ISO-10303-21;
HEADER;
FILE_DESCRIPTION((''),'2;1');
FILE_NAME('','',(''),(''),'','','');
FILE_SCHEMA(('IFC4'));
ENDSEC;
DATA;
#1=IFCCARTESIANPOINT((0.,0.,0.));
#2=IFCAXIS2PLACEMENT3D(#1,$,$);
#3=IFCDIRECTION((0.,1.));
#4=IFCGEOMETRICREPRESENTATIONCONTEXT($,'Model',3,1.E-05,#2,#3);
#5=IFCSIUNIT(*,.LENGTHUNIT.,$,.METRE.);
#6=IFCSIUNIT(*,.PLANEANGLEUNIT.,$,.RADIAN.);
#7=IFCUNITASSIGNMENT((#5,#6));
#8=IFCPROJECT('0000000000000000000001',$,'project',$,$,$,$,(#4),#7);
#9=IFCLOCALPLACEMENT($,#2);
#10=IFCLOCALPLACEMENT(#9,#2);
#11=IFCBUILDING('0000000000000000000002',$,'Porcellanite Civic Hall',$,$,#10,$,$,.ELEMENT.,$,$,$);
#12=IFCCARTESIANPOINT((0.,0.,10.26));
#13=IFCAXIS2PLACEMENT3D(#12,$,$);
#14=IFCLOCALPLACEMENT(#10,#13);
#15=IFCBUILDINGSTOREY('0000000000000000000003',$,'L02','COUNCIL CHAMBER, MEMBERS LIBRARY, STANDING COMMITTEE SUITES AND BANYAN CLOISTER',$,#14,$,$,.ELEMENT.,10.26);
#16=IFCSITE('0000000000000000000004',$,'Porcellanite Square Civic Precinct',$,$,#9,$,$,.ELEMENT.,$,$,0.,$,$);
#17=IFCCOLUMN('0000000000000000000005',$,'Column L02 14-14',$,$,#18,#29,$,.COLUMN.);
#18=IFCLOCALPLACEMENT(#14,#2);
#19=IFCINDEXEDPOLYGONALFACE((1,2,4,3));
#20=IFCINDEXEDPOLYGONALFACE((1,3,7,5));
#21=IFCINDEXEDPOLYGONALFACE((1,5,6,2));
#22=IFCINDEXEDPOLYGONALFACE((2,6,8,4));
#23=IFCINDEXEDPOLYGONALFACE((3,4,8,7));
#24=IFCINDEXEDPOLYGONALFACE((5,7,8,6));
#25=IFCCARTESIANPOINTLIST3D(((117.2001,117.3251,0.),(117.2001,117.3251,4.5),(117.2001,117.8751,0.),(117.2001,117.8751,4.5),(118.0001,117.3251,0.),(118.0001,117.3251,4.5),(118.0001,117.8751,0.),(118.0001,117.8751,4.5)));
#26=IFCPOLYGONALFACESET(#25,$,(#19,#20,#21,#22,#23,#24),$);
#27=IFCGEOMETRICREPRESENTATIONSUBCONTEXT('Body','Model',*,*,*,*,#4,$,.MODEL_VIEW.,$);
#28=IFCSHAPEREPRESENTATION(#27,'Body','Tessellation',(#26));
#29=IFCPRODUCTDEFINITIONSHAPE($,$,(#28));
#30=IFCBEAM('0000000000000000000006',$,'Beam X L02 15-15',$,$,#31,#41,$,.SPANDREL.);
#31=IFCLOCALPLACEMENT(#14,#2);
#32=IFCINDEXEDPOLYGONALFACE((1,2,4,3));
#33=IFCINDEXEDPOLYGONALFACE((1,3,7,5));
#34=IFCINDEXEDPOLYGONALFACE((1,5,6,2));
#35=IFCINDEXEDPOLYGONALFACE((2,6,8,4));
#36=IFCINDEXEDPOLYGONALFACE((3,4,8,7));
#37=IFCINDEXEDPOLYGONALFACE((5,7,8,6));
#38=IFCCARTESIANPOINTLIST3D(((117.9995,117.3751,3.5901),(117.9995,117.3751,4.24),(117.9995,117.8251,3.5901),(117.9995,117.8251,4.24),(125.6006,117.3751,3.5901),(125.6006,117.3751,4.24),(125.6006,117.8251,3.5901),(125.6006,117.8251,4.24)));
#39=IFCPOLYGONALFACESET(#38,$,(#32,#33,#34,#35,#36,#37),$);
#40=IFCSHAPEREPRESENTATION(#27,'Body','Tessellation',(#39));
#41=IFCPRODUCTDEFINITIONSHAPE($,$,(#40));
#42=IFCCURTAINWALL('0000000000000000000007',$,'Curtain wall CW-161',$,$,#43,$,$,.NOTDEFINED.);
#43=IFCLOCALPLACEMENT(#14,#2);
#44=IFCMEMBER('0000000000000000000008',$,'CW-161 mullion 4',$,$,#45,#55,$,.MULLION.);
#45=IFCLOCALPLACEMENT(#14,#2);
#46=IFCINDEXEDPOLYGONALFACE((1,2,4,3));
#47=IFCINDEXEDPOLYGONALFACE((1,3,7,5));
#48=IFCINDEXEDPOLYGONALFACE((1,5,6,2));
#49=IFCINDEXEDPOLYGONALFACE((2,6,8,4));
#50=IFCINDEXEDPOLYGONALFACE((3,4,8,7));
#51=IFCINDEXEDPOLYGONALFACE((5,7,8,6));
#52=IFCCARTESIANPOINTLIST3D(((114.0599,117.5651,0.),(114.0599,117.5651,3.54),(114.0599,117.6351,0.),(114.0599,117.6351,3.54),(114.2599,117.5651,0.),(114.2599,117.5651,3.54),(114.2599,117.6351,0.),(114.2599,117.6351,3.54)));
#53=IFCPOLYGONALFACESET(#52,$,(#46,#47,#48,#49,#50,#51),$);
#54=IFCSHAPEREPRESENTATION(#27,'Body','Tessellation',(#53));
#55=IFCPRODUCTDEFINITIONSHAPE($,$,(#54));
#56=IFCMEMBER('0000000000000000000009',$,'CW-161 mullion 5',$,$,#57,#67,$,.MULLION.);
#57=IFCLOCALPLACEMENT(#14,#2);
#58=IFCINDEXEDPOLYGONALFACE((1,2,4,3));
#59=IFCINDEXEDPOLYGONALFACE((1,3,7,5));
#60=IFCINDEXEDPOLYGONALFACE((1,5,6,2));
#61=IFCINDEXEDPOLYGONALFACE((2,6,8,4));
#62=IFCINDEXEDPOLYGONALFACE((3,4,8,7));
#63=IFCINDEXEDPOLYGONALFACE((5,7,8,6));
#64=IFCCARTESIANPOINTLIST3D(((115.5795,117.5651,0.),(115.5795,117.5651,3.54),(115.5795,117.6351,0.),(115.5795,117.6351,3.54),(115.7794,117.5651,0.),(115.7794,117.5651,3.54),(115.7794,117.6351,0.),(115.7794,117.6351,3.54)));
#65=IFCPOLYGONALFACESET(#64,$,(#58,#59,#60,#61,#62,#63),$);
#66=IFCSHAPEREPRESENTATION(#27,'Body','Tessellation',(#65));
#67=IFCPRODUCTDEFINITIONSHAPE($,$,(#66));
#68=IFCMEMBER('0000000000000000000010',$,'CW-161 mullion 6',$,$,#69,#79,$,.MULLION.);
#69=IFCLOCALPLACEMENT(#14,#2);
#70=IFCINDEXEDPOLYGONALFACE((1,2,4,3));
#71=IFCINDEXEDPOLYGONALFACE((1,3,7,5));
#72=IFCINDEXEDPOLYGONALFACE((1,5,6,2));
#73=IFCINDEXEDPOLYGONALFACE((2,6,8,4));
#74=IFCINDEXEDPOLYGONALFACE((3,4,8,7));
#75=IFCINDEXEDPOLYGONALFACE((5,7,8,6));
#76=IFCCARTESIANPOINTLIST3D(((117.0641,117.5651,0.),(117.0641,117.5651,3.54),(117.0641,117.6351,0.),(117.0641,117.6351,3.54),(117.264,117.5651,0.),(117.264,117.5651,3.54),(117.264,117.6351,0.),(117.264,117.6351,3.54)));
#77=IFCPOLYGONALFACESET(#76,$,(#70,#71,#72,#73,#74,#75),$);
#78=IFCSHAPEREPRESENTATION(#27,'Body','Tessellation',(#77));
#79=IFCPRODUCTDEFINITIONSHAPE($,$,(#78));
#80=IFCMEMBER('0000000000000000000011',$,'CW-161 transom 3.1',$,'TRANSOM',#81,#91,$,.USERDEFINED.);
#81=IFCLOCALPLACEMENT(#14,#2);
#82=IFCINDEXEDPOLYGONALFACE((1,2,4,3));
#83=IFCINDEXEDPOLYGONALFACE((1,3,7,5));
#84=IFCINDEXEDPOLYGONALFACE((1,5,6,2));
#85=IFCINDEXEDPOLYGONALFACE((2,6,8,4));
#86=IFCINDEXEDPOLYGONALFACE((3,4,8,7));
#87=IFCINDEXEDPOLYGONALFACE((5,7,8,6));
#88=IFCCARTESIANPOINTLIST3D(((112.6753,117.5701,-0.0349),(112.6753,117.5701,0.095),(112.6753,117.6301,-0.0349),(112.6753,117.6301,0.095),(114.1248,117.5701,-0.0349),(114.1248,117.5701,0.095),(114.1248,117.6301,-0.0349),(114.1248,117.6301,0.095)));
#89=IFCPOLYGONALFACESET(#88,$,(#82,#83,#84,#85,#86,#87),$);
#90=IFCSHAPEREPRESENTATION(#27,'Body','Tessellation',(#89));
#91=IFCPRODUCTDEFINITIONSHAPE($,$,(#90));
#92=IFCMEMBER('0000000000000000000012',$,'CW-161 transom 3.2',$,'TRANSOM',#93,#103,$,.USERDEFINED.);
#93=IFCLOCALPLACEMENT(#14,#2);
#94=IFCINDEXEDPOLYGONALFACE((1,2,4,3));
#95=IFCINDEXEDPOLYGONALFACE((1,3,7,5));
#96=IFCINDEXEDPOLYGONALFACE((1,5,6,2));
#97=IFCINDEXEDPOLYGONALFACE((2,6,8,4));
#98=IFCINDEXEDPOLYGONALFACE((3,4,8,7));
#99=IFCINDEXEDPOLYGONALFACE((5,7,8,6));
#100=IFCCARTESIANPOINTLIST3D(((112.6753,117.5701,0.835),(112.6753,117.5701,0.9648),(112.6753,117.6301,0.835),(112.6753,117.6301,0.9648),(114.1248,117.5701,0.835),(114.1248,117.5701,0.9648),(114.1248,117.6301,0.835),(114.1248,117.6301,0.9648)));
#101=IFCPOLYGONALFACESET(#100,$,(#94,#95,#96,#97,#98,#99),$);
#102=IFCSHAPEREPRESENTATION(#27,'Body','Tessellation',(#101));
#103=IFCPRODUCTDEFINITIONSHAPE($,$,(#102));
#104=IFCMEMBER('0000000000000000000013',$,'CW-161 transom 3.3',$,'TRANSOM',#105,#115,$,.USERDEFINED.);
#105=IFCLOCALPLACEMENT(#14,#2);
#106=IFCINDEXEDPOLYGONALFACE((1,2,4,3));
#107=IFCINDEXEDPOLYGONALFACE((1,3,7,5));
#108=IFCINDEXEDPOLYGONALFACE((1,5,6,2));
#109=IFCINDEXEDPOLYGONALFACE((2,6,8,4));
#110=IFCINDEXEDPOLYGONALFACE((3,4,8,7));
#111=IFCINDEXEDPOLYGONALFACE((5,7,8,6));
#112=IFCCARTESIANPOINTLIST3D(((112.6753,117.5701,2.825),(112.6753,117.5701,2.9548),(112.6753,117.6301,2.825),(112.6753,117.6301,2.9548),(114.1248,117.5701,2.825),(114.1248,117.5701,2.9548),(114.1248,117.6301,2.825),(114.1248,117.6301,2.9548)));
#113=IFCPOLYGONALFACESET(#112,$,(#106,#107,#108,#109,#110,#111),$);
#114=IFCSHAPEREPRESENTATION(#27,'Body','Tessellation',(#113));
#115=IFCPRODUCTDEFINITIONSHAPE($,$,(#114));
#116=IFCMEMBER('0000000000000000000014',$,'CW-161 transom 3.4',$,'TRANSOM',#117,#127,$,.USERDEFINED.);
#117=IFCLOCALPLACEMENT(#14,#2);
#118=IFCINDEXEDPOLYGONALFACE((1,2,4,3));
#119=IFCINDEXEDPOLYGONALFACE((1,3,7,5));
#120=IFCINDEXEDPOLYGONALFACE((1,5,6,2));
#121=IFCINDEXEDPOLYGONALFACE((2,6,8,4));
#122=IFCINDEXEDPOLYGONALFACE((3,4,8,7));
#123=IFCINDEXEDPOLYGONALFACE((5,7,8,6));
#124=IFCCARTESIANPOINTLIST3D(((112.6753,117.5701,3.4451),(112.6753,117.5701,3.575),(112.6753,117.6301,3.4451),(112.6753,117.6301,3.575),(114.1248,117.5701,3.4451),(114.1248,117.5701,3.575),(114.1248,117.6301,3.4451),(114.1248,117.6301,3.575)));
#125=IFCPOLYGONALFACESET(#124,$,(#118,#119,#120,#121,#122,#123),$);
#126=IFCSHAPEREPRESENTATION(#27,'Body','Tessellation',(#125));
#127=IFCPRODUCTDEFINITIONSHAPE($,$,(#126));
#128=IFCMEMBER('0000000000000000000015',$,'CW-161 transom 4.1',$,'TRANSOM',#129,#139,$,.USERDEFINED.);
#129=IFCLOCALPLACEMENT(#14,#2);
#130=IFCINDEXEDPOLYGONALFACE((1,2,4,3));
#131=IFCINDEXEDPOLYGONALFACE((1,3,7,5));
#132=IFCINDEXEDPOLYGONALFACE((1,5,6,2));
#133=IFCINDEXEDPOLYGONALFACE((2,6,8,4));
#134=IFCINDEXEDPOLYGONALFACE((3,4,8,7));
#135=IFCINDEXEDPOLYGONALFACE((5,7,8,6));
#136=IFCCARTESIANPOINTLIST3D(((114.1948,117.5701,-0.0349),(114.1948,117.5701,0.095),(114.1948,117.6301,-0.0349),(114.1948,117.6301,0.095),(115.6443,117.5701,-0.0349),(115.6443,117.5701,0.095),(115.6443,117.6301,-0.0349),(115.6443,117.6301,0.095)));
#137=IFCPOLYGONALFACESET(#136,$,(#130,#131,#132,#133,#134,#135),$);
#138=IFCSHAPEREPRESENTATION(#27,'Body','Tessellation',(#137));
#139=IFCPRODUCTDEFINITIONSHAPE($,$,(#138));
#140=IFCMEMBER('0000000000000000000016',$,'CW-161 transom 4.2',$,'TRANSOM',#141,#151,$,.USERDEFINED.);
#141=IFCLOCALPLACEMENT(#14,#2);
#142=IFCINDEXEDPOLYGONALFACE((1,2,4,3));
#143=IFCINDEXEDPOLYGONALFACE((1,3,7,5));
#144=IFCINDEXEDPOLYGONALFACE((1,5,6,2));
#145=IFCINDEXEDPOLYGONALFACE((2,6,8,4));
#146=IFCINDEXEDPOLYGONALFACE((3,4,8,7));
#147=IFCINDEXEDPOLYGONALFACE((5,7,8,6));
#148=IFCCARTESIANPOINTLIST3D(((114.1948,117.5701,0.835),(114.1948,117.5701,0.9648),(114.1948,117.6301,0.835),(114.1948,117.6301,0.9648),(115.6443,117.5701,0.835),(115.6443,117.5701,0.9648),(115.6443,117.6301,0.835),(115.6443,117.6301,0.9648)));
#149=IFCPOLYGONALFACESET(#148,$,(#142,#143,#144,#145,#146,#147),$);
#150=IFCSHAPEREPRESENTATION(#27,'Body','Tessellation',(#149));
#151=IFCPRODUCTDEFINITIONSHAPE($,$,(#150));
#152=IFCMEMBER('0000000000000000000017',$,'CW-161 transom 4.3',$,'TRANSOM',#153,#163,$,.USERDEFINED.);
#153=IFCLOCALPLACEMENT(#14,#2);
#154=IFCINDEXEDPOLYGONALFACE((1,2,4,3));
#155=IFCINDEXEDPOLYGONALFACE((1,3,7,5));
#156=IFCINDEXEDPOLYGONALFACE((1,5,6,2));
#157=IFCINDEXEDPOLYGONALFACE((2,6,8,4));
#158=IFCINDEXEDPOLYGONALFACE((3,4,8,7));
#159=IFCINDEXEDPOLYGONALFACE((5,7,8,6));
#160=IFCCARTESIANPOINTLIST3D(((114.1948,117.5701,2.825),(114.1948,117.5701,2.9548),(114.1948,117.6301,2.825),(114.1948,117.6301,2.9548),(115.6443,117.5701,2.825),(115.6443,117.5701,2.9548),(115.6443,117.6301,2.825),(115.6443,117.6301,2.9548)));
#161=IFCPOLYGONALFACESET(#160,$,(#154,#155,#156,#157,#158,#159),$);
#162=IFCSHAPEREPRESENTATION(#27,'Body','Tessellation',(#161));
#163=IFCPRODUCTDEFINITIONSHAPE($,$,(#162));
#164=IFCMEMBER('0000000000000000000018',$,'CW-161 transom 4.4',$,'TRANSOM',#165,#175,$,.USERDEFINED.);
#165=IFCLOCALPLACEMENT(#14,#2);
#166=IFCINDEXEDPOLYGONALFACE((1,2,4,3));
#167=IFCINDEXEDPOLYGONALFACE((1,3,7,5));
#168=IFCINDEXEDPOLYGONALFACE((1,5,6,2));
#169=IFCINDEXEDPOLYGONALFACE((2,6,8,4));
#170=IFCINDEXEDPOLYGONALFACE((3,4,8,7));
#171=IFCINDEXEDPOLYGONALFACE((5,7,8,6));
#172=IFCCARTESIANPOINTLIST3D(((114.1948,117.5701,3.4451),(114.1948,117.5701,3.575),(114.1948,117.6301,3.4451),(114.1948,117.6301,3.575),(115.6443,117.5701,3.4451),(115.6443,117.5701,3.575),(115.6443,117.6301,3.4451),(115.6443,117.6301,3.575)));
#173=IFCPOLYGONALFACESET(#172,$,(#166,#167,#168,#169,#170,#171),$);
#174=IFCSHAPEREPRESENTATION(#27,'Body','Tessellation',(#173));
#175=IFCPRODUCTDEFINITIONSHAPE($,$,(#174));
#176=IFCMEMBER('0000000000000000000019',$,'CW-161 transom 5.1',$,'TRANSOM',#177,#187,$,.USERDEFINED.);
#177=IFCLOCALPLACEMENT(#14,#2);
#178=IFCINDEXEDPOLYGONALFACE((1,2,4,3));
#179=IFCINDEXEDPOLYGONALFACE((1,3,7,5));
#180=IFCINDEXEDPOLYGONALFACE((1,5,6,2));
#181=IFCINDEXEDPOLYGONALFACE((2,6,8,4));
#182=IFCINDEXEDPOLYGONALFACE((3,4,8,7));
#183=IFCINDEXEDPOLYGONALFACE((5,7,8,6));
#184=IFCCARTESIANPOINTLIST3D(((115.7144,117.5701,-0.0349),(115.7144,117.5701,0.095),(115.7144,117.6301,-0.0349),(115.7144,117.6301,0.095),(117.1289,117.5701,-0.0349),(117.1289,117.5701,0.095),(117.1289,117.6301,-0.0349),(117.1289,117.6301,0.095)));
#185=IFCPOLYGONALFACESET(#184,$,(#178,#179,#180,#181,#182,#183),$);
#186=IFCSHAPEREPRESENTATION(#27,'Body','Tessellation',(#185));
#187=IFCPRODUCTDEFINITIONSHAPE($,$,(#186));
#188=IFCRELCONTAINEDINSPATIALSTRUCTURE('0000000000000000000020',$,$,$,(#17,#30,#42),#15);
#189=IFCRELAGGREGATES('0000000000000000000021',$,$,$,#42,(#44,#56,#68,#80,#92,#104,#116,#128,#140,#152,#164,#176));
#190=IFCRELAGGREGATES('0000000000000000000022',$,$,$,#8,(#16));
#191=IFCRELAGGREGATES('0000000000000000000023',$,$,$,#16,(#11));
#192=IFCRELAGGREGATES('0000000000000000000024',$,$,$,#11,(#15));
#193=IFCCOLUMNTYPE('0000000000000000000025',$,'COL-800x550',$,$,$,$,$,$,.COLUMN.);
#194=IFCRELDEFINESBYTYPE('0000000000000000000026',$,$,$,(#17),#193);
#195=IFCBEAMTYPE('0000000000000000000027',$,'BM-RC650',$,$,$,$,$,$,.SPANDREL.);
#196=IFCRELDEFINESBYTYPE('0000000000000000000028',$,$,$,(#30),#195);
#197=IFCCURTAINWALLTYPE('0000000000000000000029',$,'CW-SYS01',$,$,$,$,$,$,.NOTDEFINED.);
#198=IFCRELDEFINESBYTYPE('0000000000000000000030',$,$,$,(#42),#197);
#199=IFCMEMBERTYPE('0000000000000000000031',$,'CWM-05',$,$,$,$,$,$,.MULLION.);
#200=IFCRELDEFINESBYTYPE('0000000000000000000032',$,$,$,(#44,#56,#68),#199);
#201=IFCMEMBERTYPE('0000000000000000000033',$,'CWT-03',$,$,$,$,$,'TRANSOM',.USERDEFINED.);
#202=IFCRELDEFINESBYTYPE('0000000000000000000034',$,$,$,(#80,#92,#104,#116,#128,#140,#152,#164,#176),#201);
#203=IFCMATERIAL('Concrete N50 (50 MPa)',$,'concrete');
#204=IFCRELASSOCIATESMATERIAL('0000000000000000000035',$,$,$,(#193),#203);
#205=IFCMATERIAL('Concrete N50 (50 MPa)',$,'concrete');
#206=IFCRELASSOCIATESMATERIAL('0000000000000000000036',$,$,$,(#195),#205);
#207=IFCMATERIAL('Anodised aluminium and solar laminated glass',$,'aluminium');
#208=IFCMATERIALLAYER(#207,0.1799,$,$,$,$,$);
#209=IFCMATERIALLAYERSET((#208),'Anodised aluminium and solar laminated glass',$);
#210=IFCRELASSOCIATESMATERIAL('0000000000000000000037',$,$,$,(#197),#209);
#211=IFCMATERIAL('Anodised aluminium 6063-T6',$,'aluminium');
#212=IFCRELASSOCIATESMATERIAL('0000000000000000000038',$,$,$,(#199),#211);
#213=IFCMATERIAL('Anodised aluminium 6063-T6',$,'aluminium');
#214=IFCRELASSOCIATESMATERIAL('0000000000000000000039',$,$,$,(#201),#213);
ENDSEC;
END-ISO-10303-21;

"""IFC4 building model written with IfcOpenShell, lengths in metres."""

from ifc_helpers import new_model, si_unit, direction, frame, origin, origin_2d, place, context, subcontext, project, spatial, rectangle, extrude, material, layer, layer_set, material_profile, profile_set, type_object, element, aggregate, save


model = new_model("IFC4")

# Units and contexts
model_context = context("Model", 3, precision=1e-05, world=origin(), true_north=direction((0.0, 1.0)))
body_context = subcontext(model_context, "Body", "Model", "MODEL_VIEW")
ifc_project = project(units=[si_unit("LENGTHUNIT", "METRE"), si_unit("PLANEANGLEUNIT", "RADIAN")], contexts=[model_context])

# Site, building, storey
site_placement = place(None, origin())
site = spatial("IfcSite", under=ifc_project, at=site_placement, Name="Porcellanite Square Civic Precinct", CompositionType="ELEMENT", RefElevation=0.0)
building_placement = place(site_placement, origin())
building = spatial("IfcBuilding", under=site, at=building_placement, Name="Porcellanite Civic Hall", CompositionType="ELEMENT")
storey_placement = place(building_placement, frame((0.0, 0.0, 10.26)))
storey = spatial("IfcBuildingStorey", under=building, at=storey_placement, Name="L02", Description="COUNCIL CHAMBER, MEMBERS LIBRARY, STANDING COMMITTEE SUITES AND BANYAN CLOISTER", CompositionType="ELEMENT", Elevation=10.26)

# Column
ifc_material_1 = material(Name="Concrete N50 (50 MPa)", Category="concrete")
ifc_material_profile_1 = material_profile(ifc_material_1, rectangle(XDim=0.8, YDim=0.55, at=origin_2d()), Name="RC-800x550")
ifc_profile_set_1 = profile_set([ifc_material_profile_1], Name="Concrete N50 (50 MPa)")
column_type = type_object("IfcColumnType", Name="COL-800x550", PredefinedType="COLUMN", material=ifc_profile_set_1)
column_placement = place(storey_placement, frame((117.6001, 117.6001, 0.0), z_axis=(0.0, 0.0, 1.0), x_axis=(1.0, 0.0, 0.0)))
element("IfcColumn", 1, at=column_placement, inside=storey, type_object=column_type, Name="Column L02 14-14", PredefinedType="COLUMN", context=body_context, shape_type="SweptSolid", body=[
    extrude(rectangle(XDim=0.8, YDim=0.55, at=origin_2d()), origin(), (0.0, 0.0, 1.0), 4.5),
])

# Beam
ifc_material_2 = material(Name="Concrete N50 (50 MPa)", Category="concrete")
ifc_material_profile_2 = material_profile(ifc_material_2, rectangle(XDim=0.45, YDim=0.6499, at=origin_2d()), Name="RC-450x650")
ifc_profile_set_2 = profile_set([ifc_material_profile_2], Name="Concrete N50 (50 MPa)")
beam_type = type_object("IfcBeamType", Name="BM-RC650", PredefinedType="SPANDREL", material=ifc_profile_set_2)
beam_placement = place(storey_placement, frame((117.9995, 117.6001, 3.915), z_axis=(1.0, 0.0, 0.0), x_axis=(0.0, 1.0, 0.0)))
element("IfcBeam", 2, at=beam_placement, inside=storey, type_object=beam_type, Name="Beam X L02 15-15", PredefinedType="SPANDREL", context=body_context, shape_type="SweptSolid", body=[
    extrude(rectangle(XDim=0.45, YDim=0.6499, at=origin_2d()), origin(), (0.0, 0.0, 1.0), 7.6011),
])

# Curtain wall, members
ifc_material_3 = material(Name="Anodised aluminium and solar laminated glass", Category="aluminium")
ifc_layer_1 = layer(ifc_material_3, 0.1799)
ifc_layer_set_1 = layer_set([ifc_layer_1], Name="Anodised aluminium and solar laminated glass")
curtain_wall_type = type_object("IfcCurtainWallType", Name="CW-SYS01", PredefinedType="NOTDEFINED", material=ifc_layer_set_1)
curtain_wall_placement = place(storey_placement, origin())
curtain_wall = element("IfcCurtainWall", 3, at=curtain_wall_placement, inside=storey, type_object=curtain_wall_type, Name="Curtain wall CW-161", PredefinedType="NOTDEFINED")
ifc_material_4 = material(Name="Anodised aluminium 6063-T6", Category="aluminium")
ifc_material_profile_3 = material_profile(ifc_material_4, rectangle(XDim=0.0701, YDim=0.2, at=origin_2d()), Name="AL-70x200")
ifc_profile_set_3 = profile_set([ifc_material_profile_3], Name="Anodised aluminium 6063-T6")
member_type_1 = type_object("IfcMemberType", Name="CWM-05", PredefinedType="MULLION", material=ifc_profile_set_3)
member_1_placement = place(storey_placement, frame((114.1599, 117.6001, 0.0), z_axis=(0.0, 0.0, 1.0), x_axis=(0.0, 1.0, 0.0)))
member_1 = element("IfcMember", 4, at=member_1_placement, type_object=member_type_1, Name="CW-161 mullion 4", PredefinedType="MULLION", context=body_context, shape_type="SweptSolid", body=[
    extrude(rectangle(XDim=0.0701, YDim=0.2, at=origin_2d()), origin(), (0.0, 0.0, 1.0), 3.54),
])
member_2_placement = place(storey_placement, frame((115.6794, 117.6001, 0.0), z_axis=(0.0, 0.0, 1.0), x_axis=(0.0, 1.0, 0.0)))
member_2 = element("IfcMember", 5, at=member_2_placement, type_object=member_type_1, Name="CW-161 mullion 5", PredefinedType="MULLION", context=body_context, shape_type="SweptSolid", body=[
    extrude(rectangle(XDim=0.0701, YDim=0.2, at=origin_2d()), origin(), (0.0, 0.0, 1.0), 3.54),
])
member_3_placement = place(storey_placement, frame((117.1641, 117.6001, 0.0), z_axis=(0.0, 0.0, 1.0), x_axis=(0.0, 1.0, 0.0)))
member_3 = element("IfcMember", 6, at=member_3_placement, type_object=member_type_1, Name="CW-161 mullion 6", PredefinedType="MULLION", context=body_context, shape_type="SweptSolid", body=[
    extrude(rectangle(XDim=0.0701, YDim=0.2, at=origin_2d()), origin(), (0.0, 0.0, 1.0), 3.54),
])
ifc_material_5 = material(Name="Anodised aluminium 6063-T6", Category="aluminium")
ifc_material_profile_4 = material_profile(ifc_material_5, rectangle(XDim=0.0601, YDim=0.1299, at=origin_2d()), Name="AL-60x130")
ifc_profile_set_4 = profile_set([ifc_material_profile_4], Name="Anodised aluminium 6063-T6")
member_type_2 = type_object("IfcMemberType", Name="CWT-03", ElementType="TRANSOM", PredefinedType="USERDEFINED", material=ifc_profile_set_4)
member_4_placement = place(storey_placement, frame((112.6753, 117.6001, 0.03), z_axis=(1.0, 0.0, 0.0), x_axis=(0.0, 1.0, 0.0)))
member_4 = element("IfcMember", 7, at=member_4_placement, type_object=member_type_2, Name="CW-161 transom 3.1", ObjectType="TRANSOM", PredefinedType="USERDEFINED", context=body_context, shape_type="SweptSolid", body=[
    extrude(rectangle(XDim=0.0601, YDim=0.1299, at=origin_2d()), origin(), (0.0, 0.0, 1.0), 1.4495),
])
member_5_placement = place(storey_placement, frame((112.6753, 117.6001, 0.8999), z_axis=(1.0, 0.0, 0.0), x_axis=(0.0, 1.0, 0.0)))
member_5 = element("IfcMember", 8, at=member_5_placement, type_object=member_type_2, Name="CW-161 transom 3.2", ObjectType="TRANSOM", PredefinedType="USERDEFINED", context=body_context, shape_type="SweptSolid", body=[
    extrude(rectangle(XDim=0.0601, YDim=0.1299, at=origin_2d()), origin(), (0.0, 0.0, 1.0), 1.4495),
])
member_6_placement = place(storey_placement, frame((112.6753, 117.6001, 2.8899), z_axis=(1.0, 0.0, 0.0), x_axis=(0.0, 1.0, 0.0)))
member_6 = element("IfcMember", 9, at=member_6_placement, type_object=member_type_2, Name="CW-161 transom 3.3", ObjectType="TRANSOM", PredefinedType="USERDEFINED", context=body_context, shape_type="SweptSolid", body=[
    extrude(rectangle(XDim=0.0601, YDim=0.1299, at=origin_2d()), origin(), (0.0, 0.0, 1.0), 1.4495),
])
member_7_placement = place(storey_placement, frame((112.6753, 117.6001, 3.51), z_axis=(1.0, 0.0, 0.0), x_axis=(0.0, 1.0, 0.0)))
member_7 = element("IfcMember", 10, at=member_7_placement, type_object=member_type_2, Name="CW-161 transom 3.4", ObjectType="TRANSOM", PredefinedType="USERDEFINED", context=body_context, shape_type="SweptSolid", body=[
    extrude(rectangle(XDim=0.0601, YDim=0.1299, at=origin_2d()), origin(), (0.0, 0.0, 1.0), 1.4495),
])
member_8_placement = place(storey_placement, frame((114.1948, 117.6001, 0.03), z_axis=(1.0, 0.0, 0.0), x_axis=(0.0, 1.0, 0.0)))
member_8 = element("IfcMember", 11, at=member_8_placement, type_object=member_type_2, Name="CW-161 transom 4.1", ObjectType="TRANSOM", PredefinedType="USERDEFINED", context=body_context, shape_type="SweptSolid", body=[
    extrude(rectangle(XDim=0.0601, YDim=0.1299, at=origin_2d()), origin(), (0.0, 0.0, 1.0), 1.4495),
])
member_9_placement = place(storey_placement, frame((114.1948, 117.6001, 0.8999), z_axis=(1.0, 0.0, 0.0), x_axis=(0.0, 1.0, 0.0)))
member_9 = element("IfcMember", 12, at=member_9_placement, type_object=member_type_2, Name="CW-161 transom 4.2", ObjectType="TRANSOM", PredefinedType="USERDEFINED", context=body_context, shape_type="SweptSolid", body=[
    extrude(rectangle(XDim=0.0601, YDim=0.1299, at=origin_2d()), origin(), (0.0, 0.0, 1.0), 1.4495),
])
member_10_placement = place(storey_placement, frame((114.1948, 117.6001, 2.8899), z_axis=(1.0, 0.0, 0.0), x_axis=(0.0, 1.0, 0.0)))
member_10 = element("IfcMember", 13, at=member_10_placement, type_object=member_type_2, Name="CW-161 transom 4.3", ObjectType="TRANSOM", PredefinedType="USERDEFINED", context=body_context, shape_type="SweptSolid", body=[
    extrude(rectangle(XDim=0.0601, YDim=0.1299, at=origin_2d()), origin(), (0.0, 0.0, 1.0), 1.4495),
])
member_11_placement = place(storey_placement, frame((114.1948, 117.6001, 3.51), z_axis=(1.0, 0.0, 0.0), x_axis=(0.0, 1.0, 0.0)))
member_11 = element("IfcMember", 14, at=member_11_placement, type_object=member_type_2, Name="CW-161 transom 4.4", ObjectType="TRANSOM", PredefinedType="USERDEFINED", context=body_context, shape_type="SweptSolid", body=[
    extrude(rectangle(XDim=0.0601, YDim=0.1299, at=origin_2d()), origin(), (0.0, 0.0, 1.0), 1.4495),
])
member_12_placement = place(storey_placement, frame((115.7144, 117.6001, 0.03), z_axis=(1.0, 0.0, 0.0), x_axis=(0.0, 1.0, 0.0)))
member_12 = element("IfcMember", 15, at=member_12_placement, type_object=member_type_2, Name="CW-161 transom 5.1", ObjectType="TRANSOM", PredefinedType="USERDEFINED", context=body_context, shape_type="SweptSolid", body=[
    extrude(rectangle(XDim=0.0601, YDim=0.1299, at=origin_2d()), origin(), (0.0, 0.0, 1.0), 1.4146),
])
aggregate(curtain_wall, [member_1, member_2, member_3, member_4, member_5, member_6, member_7, member_8, member_9, member_10, member_11, member_12])

save(model, "model.ifc")
